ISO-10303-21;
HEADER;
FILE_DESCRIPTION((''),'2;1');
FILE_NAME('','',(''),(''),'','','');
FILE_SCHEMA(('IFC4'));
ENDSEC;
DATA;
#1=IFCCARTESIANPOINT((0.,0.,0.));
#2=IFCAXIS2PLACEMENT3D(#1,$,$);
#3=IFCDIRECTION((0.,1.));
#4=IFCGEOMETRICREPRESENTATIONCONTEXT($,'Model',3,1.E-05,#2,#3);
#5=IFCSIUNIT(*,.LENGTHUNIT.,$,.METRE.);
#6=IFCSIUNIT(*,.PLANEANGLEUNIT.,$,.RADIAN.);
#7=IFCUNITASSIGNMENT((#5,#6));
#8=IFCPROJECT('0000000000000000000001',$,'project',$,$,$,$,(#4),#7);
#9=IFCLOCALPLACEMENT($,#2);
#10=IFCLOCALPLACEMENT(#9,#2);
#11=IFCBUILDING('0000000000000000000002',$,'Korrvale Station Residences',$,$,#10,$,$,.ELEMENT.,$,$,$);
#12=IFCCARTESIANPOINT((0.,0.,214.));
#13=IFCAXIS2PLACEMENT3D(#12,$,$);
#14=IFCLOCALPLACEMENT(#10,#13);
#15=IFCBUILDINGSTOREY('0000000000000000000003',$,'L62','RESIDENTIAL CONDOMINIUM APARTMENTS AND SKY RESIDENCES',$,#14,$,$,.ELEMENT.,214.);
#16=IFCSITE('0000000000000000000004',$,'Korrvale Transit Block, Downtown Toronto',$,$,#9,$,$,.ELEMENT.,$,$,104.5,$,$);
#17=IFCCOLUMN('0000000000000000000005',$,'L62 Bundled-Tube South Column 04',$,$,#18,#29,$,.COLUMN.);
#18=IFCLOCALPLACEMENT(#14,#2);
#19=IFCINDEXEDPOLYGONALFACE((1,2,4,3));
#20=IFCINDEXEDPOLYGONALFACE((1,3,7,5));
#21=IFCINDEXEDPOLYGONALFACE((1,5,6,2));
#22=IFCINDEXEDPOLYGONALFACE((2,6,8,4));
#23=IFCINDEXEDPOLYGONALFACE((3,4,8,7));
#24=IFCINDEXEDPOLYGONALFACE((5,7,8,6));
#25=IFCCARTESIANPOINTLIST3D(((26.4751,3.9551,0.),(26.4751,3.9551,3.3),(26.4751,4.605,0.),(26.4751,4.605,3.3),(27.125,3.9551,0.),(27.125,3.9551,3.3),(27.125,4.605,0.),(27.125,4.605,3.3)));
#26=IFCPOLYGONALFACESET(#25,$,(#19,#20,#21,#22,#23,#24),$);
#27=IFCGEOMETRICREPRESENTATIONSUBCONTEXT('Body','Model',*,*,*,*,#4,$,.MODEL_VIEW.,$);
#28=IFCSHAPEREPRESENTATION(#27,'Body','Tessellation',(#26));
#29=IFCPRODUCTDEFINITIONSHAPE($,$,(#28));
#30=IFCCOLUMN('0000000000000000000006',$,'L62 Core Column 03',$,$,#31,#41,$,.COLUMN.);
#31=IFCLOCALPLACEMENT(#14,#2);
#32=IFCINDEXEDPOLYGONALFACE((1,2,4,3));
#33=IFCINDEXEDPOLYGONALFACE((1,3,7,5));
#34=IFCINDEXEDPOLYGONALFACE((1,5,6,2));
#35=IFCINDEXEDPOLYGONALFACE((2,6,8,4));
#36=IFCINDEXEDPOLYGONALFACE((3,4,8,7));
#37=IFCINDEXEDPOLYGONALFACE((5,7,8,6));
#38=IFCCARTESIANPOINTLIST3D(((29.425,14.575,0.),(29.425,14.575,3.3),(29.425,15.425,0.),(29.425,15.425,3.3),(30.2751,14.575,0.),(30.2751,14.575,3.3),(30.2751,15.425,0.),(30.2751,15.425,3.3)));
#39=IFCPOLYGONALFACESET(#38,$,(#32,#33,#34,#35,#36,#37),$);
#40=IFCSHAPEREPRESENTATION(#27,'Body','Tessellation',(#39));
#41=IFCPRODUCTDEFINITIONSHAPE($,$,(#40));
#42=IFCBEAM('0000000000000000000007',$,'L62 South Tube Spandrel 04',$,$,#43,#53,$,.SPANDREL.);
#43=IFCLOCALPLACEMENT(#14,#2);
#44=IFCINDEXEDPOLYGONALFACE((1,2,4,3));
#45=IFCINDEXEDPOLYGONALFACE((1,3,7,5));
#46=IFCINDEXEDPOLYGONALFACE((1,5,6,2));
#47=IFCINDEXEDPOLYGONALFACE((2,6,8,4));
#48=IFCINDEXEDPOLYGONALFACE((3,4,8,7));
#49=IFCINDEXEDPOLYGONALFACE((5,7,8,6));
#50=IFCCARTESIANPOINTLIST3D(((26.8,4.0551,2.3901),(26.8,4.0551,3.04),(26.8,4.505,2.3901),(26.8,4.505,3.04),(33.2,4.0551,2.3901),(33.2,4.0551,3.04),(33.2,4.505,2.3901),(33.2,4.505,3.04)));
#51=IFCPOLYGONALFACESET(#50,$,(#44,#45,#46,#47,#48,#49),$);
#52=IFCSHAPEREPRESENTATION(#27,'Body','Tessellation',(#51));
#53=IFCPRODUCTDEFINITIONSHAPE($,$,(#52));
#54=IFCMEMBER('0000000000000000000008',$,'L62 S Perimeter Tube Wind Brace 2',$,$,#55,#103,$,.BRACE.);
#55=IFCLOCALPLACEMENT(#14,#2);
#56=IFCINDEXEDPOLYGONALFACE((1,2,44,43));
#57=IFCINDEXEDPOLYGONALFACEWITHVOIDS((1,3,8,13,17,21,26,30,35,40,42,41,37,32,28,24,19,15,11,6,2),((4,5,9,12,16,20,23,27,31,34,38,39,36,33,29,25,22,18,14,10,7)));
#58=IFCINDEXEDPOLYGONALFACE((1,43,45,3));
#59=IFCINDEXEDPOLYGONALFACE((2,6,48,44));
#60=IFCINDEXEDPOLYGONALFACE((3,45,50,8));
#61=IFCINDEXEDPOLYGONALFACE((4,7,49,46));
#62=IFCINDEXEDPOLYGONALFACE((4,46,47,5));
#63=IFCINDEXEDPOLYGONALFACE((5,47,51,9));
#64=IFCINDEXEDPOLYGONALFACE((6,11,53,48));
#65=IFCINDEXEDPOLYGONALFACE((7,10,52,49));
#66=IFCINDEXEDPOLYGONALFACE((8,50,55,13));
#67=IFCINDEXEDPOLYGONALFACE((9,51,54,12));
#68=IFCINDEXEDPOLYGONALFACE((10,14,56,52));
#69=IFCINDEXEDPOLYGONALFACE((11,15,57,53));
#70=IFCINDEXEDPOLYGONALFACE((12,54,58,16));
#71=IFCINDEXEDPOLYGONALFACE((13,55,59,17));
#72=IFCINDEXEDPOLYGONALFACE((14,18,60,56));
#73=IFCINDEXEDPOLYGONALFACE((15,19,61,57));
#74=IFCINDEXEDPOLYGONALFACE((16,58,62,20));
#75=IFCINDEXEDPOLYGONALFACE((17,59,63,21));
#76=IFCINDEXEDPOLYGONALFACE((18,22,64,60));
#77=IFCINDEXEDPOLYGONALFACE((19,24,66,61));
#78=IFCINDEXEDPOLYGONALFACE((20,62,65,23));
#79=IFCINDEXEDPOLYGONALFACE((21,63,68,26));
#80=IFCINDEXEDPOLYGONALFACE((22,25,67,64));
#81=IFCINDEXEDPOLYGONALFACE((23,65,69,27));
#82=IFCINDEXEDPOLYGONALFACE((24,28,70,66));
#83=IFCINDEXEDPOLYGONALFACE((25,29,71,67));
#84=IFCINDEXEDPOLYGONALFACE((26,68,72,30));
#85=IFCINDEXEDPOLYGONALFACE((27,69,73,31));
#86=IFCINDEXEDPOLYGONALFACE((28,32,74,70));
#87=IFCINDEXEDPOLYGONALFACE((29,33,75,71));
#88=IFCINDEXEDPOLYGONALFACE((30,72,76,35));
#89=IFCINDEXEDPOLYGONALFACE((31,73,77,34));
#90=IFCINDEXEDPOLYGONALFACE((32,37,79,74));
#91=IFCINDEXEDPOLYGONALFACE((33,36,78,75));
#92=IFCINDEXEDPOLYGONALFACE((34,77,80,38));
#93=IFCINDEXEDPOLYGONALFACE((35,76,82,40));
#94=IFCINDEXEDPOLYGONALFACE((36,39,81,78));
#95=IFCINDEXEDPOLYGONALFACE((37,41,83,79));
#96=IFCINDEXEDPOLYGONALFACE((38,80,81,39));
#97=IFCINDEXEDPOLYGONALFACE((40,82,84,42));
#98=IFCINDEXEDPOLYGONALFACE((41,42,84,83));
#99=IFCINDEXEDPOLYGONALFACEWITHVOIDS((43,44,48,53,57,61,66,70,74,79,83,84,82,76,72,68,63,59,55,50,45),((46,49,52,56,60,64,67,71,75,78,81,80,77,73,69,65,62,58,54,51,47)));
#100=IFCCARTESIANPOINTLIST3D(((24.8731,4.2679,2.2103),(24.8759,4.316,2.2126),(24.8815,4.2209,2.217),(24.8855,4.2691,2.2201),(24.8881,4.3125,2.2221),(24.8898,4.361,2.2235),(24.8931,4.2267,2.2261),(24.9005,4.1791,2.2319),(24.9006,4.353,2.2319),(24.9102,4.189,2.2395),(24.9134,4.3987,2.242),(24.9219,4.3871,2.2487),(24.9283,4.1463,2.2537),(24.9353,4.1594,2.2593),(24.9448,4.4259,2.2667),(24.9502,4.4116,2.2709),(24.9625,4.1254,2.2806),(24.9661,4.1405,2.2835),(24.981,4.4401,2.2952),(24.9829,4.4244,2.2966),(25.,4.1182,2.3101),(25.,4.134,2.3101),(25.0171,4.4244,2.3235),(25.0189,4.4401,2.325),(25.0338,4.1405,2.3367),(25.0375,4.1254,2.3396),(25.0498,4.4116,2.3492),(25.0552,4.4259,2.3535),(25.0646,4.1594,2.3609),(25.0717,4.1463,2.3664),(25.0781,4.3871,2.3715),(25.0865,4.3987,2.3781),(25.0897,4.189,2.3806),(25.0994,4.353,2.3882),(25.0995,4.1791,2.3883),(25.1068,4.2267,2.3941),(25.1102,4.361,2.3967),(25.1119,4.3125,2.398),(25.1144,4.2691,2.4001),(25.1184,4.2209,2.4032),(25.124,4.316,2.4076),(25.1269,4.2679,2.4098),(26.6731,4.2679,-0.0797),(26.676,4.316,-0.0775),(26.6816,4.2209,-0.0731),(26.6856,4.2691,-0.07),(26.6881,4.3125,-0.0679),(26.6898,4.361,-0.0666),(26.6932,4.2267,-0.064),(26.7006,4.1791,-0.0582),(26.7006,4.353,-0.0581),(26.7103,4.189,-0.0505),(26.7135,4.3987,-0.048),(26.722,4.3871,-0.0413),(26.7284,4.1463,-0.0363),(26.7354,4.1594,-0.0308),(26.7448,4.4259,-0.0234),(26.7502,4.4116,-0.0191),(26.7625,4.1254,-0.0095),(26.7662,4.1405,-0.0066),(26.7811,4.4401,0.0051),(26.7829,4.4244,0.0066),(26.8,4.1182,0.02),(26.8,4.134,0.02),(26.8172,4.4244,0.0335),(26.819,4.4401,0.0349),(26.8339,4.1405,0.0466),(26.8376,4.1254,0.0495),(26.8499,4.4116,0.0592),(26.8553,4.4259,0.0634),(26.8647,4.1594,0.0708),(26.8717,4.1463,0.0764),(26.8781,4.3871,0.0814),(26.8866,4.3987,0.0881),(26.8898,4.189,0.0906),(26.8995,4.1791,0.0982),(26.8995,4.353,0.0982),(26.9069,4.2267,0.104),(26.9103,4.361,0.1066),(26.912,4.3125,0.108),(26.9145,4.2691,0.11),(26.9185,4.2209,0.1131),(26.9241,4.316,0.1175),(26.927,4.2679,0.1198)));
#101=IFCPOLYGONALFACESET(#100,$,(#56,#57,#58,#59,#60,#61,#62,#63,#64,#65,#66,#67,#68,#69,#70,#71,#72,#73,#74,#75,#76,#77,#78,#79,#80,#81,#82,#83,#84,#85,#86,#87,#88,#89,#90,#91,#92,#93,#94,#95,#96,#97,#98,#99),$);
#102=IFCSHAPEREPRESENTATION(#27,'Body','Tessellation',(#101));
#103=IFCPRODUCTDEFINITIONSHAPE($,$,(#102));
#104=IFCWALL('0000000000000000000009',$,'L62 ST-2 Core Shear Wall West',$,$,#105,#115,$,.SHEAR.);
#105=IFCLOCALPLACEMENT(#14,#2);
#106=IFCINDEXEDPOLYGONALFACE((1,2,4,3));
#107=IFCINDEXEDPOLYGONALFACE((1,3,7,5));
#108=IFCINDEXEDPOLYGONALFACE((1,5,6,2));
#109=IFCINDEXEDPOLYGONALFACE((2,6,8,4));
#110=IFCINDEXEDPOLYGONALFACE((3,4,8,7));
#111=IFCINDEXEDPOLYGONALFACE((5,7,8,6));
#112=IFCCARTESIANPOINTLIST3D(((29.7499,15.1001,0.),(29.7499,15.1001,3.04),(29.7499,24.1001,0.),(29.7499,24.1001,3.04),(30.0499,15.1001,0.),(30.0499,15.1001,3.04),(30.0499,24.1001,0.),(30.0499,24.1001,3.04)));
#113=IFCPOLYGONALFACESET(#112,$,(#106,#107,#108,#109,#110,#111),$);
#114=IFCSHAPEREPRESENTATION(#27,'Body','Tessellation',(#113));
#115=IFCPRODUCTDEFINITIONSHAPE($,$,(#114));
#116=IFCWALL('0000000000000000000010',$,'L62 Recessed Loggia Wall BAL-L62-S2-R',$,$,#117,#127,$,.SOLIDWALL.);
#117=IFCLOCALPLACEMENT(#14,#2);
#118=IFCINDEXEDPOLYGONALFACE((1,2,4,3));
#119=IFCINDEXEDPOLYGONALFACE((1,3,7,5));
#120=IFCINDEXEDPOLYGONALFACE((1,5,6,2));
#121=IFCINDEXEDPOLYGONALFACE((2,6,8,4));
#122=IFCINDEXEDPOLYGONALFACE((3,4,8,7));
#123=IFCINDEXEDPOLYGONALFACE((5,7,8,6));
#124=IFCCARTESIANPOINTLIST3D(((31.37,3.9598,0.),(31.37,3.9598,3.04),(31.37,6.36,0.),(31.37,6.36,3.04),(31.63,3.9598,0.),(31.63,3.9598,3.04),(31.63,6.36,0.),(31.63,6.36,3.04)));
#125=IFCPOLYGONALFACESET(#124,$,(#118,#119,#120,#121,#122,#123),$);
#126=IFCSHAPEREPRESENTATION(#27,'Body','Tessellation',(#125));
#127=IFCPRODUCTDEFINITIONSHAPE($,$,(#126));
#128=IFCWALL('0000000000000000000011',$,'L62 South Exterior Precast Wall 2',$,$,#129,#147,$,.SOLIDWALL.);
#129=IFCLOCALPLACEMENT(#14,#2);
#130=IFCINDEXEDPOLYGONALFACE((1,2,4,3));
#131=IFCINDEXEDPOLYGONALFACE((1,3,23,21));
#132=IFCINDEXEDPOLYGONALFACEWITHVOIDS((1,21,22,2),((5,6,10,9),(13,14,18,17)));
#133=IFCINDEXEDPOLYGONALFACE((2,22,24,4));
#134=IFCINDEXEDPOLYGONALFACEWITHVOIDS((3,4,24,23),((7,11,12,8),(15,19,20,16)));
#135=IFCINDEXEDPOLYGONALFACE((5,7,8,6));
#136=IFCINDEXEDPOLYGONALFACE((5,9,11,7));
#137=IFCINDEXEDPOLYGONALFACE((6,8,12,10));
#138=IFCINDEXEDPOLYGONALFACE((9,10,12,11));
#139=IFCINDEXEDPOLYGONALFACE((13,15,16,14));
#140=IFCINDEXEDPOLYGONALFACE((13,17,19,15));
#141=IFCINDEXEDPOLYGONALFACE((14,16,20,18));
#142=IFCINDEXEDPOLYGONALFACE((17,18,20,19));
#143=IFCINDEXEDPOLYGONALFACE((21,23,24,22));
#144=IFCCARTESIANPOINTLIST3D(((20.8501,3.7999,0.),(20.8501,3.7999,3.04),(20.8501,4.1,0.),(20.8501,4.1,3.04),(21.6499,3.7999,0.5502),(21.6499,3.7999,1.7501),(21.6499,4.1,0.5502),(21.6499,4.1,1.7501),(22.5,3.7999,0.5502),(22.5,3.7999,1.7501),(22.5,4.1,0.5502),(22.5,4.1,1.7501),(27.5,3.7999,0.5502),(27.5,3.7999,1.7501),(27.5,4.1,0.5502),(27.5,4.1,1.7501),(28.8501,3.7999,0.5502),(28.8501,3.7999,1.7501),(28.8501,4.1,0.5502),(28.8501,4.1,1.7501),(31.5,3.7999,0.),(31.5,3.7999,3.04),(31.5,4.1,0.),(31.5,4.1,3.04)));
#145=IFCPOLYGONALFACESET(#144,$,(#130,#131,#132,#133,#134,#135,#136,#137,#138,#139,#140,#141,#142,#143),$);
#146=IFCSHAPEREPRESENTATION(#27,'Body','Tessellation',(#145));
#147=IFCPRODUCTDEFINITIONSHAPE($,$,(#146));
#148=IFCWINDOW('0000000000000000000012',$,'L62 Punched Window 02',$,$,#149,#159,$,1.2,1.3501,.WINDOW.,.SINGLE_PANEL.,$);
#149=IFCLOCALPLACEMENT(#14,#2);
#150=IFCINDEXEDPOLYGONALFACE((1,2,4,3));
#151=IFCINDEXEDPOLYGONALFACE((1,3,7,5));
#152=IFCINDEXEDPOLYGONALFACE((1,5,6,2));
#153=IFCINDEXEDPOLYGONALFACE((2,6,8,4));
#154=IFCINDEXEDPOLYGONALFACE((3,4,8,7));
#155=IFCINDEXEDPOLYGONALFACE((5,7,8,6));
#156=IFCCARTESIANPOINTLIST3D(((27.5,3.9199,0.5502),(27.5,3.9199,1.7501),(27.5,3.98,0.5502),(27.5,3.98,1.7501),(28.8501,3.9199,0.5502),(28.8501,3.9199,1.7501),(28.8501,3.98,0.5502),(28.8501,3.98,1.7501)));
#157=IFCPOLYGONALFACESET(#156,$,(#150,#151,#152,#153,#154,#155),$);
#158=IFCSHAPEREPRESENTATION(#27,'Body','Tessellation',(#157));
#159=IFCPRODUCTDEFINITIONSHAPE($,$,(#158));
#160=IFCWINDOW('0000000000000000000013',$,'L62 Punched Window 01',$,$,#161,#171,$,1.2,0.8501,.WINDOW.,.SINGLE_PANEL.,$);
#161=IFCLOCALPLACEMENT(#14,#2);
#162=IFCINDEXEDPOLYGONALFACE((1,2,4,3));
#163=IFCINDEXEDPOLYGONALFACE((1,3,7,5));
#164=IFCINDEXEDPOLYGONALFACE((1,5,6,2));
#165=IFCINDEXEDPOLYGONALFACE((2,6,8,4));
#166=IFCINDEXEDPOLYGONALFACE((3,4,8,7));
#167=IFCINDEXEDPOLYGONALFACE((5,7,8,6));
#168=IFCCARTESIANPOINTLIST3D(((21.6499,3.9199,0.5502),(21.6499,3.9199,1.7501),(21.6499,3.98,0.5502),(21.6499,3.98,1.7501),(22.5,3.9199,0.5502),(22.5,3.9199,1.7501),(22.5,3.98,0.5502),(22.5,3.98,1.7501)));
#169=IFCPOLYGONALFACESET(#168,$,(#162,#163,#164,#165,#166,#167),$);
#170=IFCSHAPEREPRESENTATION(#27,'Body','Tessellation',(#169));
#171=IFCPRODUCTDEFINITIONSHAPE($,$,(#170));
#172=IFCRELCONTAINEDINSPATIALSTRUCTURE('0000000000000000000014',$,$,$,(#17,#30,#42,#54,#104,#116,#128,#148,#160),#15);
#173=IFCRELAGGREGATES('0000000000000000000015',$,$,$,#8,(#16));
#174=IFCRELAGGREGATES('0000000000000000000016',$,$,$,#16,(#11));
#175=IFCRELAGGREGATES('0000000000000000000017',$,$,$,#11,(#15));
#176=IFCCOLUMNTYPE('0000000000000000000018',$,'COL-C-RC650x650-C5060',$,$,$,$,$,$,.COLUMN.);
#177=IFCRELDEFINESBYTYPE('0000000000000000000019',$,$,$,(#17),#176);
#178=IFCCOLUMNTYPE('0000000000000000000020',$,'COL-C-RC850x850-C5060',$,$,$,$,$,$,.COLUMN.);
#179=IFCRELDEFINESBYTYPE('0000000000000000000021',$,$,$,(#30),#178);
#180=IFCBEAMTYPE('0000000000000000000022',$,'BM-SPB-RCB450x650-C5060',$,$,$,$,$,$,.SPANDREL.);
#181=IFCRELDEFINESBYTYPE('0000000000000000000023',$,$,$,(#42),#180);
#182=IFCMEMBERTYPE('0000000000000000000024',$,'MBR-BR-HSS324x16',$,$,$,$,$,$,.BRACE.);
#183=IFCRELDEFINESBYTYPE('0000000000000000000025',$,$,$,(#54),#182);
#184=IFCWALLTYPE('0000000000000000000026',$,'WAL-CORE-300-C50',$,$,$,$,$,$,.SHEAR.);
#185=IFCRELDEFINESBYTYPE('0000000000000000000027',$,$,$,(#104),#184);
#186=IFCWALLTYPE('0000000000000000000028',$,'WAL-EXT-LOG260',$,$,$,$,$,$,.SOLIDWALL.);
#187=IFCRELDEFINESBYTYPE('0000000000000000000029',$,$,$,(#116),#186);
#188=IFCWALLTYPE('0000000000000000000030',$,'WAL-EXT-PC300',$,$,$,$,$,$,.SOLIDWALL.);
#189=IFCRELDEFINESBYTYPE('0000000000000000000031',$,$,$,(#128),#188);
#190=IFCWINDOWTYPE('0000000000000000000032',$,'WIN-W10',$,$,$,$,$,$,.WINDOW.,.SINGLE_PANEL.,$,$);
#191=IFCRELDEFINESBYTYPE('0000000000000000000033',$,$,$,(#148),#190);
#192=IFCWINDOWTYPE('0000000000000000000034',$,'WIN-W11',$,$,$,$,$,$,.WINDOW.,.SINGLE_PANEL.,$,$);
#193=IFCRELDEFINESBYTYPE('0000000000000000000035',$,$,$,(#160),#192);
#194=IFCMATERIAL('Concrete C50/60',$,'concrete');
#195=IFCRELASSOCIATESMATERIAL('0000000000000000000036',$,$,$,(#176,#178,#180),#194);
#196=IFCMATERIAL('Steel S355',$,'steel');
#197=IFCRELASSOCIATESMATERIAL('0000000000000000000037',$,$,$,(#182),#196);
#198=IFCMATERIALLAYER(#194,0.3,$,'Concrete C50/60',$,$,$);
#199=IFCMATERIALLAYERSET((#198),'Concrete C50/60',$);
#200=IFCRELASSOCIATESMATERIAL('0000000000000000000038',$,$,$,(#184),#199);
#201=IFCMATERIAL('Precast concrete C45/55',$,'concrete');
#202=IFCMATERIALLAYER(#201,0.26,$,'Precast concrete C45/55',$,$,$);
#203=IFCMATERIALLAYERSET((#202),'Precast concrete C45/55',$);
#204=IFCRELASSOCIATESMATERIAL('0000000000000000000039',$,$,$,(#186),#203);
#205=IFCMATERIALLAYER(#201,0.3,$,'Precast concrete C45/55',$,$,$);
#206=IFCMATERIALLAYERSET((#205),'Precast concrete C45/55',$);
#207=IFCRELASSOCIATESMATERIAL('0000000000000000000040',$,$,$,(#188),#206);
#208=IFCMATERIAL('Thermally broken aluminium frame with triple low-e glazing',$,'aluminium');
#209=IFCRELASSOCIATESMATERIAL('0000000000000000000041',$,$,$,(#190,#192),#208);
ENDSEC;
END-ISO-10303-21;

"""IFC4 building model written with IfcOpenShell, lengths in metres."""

from ifc_helpers import new_model, si_unit, direction, frame, frame_2d, origin, origin_2d, place, context, subcontext, project, spatial, rectangle, hollow_circle, extrude, material, layer, layer_set, material_profile, profile_set, type_object, element, fill, save


model = new_model("IFC4")

# Units and contexts
model_context = context("Model", 3, precision=1e-05, world=origin(), true_north=direction((0.0, 1.0)))
body_context = subcontext(model_context, "Body", "Model", "MODEL_VIEW")
ifc_project = project(units=[si_unit("LENGTHUNIT", "METRE"), si_unit("PLANEANGLEUNIT", "RADIAN")], contexts=[model_context])

# Site, building, storey
site_placement = place(None, origin())
site = spatial("IfcSite", under=ifc_project, at=site_placement, Name="Korrvale Transit Block, Downtown Toronto", CompositionType="ELEMENT", RefElevation=104.5)
building_placement = place(site_placement, origin())
building = spatial("IfcBuilding", under=site, at=building_placement, Name="Korrvale Station Residences", CompositionType="ELEMENT")
storey_placement = place(building_placement, frame((0.0, 0.0, 214.0)))
storey = spatial("IfcBuildingStorey", under=building, at=storey_placement, Name="L62", Description="RESIDENTIAL CONDOMINIUM APARTMENTS AND SKY RESIDENCES", CompositionType="ELEMENT", Elevation=214.0)

# Columns
ifc_material_1 = material(Name="Concrete C50/60", Category="concrete")
ifc_material_profile_1 = material_profile(ifc_material_1, rectangle(XDim=0.6499, YDim=0.6499, at=origin_2d()), Name="RC650x650")
ifc_profile_set_1 = profile_set([ifc_material_profile_1], Name="Concrete C50/60")
column_type_1 = type_object("IfcColumnType", Name="COL-C-RC650x650-C5060", PredefinedType="COLUMN", material=ifc_profile_set_1)
column_1_placement = place(storey_placement, frame((26.8, 4.28, 0.0), z_axis=(0.0, 0.0, 1.0), x_axis=(1.0, 0.0, 0.0)))
element("IfcColumn", 1, at=column_1_placement, inside=storey, type_object=column_type_1, Name="L62 Bundled-Tube South Column 04", PredefinedType="COLUMN", context=body_context, shape_type="SweptSolid", body=[
    extrude(rectangle(XDim=0.6499, YDim=0.6499, at=origin_2d()), origin(), (0.0, 0.0, 1.0), 3.3),
])
ifc_material_profile_2 = material_profile(ifc_material_1, rectangle(XDim=0.8501, YDim=0.8501, at=origin_2d()), Name="RC850x850")
ifc_profile_set_2 = profile_set([ifc_material_profile_2], Name="Concrete C50/60")
column_type_2 = type_object("IfcColumnType", Name="COL-C-RC850x850-C5060", PredefinedType="COLUMN", material=ifc_profile_set_2)
column_2_placement = place(storey_placement, frame((29.8501, 15.0, 0.0), z_axis=(0.0, 0.0, 1.0), x_axis=(1.0, 0.0, 0.0)))
element("IfcColumn", 2, at=column_2_placement, inside=storey, type_object=column_type_2, Name="L62 Core Column 03", PredefinedType="COLUMN", context=body_context, shape_type="SweptSolid", body=[
    extrude(rectangle(XDim=0.8501, YDim=0.8501, at=origin_2d()), origin(), (0.0, 0.0, 1.0), 3.3),
])

# Beam
ifc_material_profile_3 = material_profile(ifc_material_1, rectangle(XDim=0.45, YDim=0.6499, at=origin_2d()), Name="RCB450x650")
ifc_profile_set_3 = profile_set([ifc_material_profile_3], Name="Concrete C50/60")
beam_type = type_object("IfcBeamType", Name="BM-SPB-RCB450x650-C5060", PredefinedType="SPANDREL", material=ifc_profile_set_3)
beam_placement = place(storey_placement, frame((26.8, 4.28, 2.7151), z_axis=(1.0, 0.0, 0.0), x_axis=(0.0, 1.0, 0.0)))
element("IfcBeam", 3, at=beam_placement, inside=storey, type_object=beam_type, Name="L62 South Tube Spandrel 04", PredefinedType="SPANDREL", context=body_context, shape_type="SweptSolid", body=[
    extrude(rectangle(XDim=0.45, YDim=0.6499, at=origin_2d()), origin(), (0.0, 0.0, 1.0), 6.3999),
])

# Member
ifc_material_2 = material(Name="Steel S355", Category="steel")
ifc_material_profile_4 = material_profile(ifc_material_2, hollow_circle(Radius=0.1619, WallThickness=0.0159, at=origin_2d()), Name="HSS324x16")
ifc_profile_set_4 = profile_set([ifc_material_profile_4], Name="Steel S355")
member_type = type_object("IfcMemberType", Name="MBR-BR-HSS324x16", PredefinedType="BRACE", material=ifc_profile_set_4)
member_placement = place(storey_placement, frame((26.8, 4.28, 0.02), z_axis=(-0.617977, 0.0, 0.786196), x_axis=(0.0, -1.0, 0.0)))
element("IfcMember", 4, at=member_placement, inside=storey, type_object=member_type, Name="L62 S Perimeter Tube Wind Brace 2", PredefinedType="BRACE", context=body_context, shape_type="SweptSolid", body=[
    extrude(hollow_circle(Radius=0.1619, WallThickness=0.0159, at=origin_2d()), origin(), (0.0, 0.0, 1.0), 2.9128),
])

# Walls
ifc_layer_1 = layer(ifc_material_1, 0.3, Name="Concrete C50/60")
ifc_layer_set_1 = layer_set([ifc_layer_1], Name="Concrete C50/60")
wall_type_1 = type_object("IfcWallType", Name="WAL-CORE-300-C50", PredefinedType="SHEAR", material=ifc_layer_set_1)
wall_1_placement = place(storey_placement, frame((29.8999, 15.1001, 0.0), z_axis=(0.0, 0.0, 1.0), x_axis=(0.0, 1.0, 0.0)))
element("IfcWall", 5, at=wall_1_placement, inside=storey, type_object=wall_type_1, Name="L62 ST-2 Core Shear Wall West", PredefinedType="SHEAR", context=body_context, shape_type="SweptSolid", body=[
    extrude(rectangle(XDim=9.0, YDim=0.3, at=frame_2d((4.5, 0.0))), origin(), (0.0, 0.0, 1.0), 3.04),
])
ifc_material_3 = material(Name="Precast concrete C45/55", Category="concrete")
ifc_layer_2 = layer(ifc_material_3, 0.26, Name="Precast concrete C45/55")
ifc_layer_set_2 = layer_set([ifc_layer_2], Name="Precast concrete C45/55")
wall_type_2 = type_object("IfcWallType", Name="WAL-EXT-LOG260", PredefinedType="SOLIDWALL", material=ifc_layer_set_2)
wall_2_placement = place(storey_placement, frame((31.5, 6.3601, 0.0), z_axis=(0.0, 0.0, 1.0), x_axis=(0.0, -1.0, 0.0)))
element("IfcWall", 6, at=wall_2_placement, inside=storey, type_object=wall_type_2, Name="L62 Recessed Loggia Wall BAL-L62-S2-R", PredefinedType="SOLIDWALL", context=body_context, shape_type="SweptSolid", body=[
    extrude(rectangle(XDim=2.4001, YDim=0.26, at=frame_2d((1.2002, 0.0))), origin(), (0.0, 0.0, 1.0), 3.04),
])

# Wall, openings, windows
ifc_layer_3 = layer(ifc_material_3, 0.3, Name="Precast concrete C45/55")
ifc_layer_set_3 = layer_set([ifc_layer_3], Name="Precast concrete C45/55")
wall_type_3 = type_object("IfcWallType", Name="WAL-EXT-PC300", PredefinedType="SOLIDWALL", material=ifc_layer_set_3)
wall_3_placement = place(storey_placement, frame((31.5, 3.95, 0.0), z_axis=(0.0, 0.0, 1.0), x_axis=(-1.0, 0.0, 0.0)))
wall_3 = element("IfcWall", 7, at=wall_3_placement, inside=storey, type_object=wall_type_3, Name="L62 South Exterior Precast Wall 2", PredefinedType="SOLIDWALL", context=body_context, shape_type="SweptSolid", body=[
    extrude(rectangle(XDim=10.6499, YDim=0.3, at=frame_2d((5.325, 0.0))), origin(), (0.0, 0.0, 1.0), 3.04),
])
opening_1_placement = place(wall_3_placement, frame((9.0, 0.0, 0.55)))
opening_1 = element("IfcOpeningElement", 8, at=opening_1_placement, cuts=wall_3, PredefinedType="OPENING", context=body_context, shape_type="SweptSolid", body=[
    extrude(rectangle(XDim=0.8501, YDim=1.2, at=frame_2d((0.425, 0.6001))), frame((0.0, 0.1602, 0.0), z_axis=(0.0, -1.0, 0.0), x_axis=(1.0, 0.0, 0.0)), (0.0, 0.0, 1.0), 0.3201),
])
opening_2_placement = place(wall_3_placement, frame((2.6499, 0.0, 0.55)))
opening_2 = element("IfcOpeningElement", 9, at=opening_2_placement, cuts=wall_3, PredefinedType="OPENING", context=body_context, shape_type="SweptSolid", body=[
    extrude(rectangle(XDim=1.3501, YDim=1.2, at=frame_2d((0.675, 0.6001))), frame((0.0, 0.1602, 0.0), z_axis=(0.0, -1.0, 0.0), x_axis=(1.0, 0.0, 0.0)), (0.0, 0.0, 1.0), 0.3201),
])
ifc_material_4 = material(Name="Thermally broken aluminium frame with triple low-e glazing", Category="aluminium")
window_type_1 = type_object("IfcWindowType", Name="WIN-W10", PartitioningType="SINGLE_PANEL", PredefinedType="WINDOW", material=ifc_material_4)
window_1_placement = place(opening_2_placement, origin())
window_1 = element("IfcWindow", 10, at=window_1_placement, inside=storey, type_object=window_type_1, Name="L62 Punched Window 02", OverallHeight=1.2, OverallWidth=1.3501, PartitioningType="SINGLE_PANEL", PredefinedType="WINDOW", context=body_context, shape_type="SweptSolid", body=[
    extrude(rectangle(XDim=1.3501, YDim=1.2, at=frame_2d((0.675, 0.6001))), frame((0.0, 0.03, 0.0), z_axis=(0.0, -1.0, 0.0), x_axis=(1.0, 0.0, 0.0)), (0.0, 0.0, 1.0), 0.0601),
])
fill(opening_2, window_1)
window_type_2 = type_object("IfcWindowType", Name="WIN-W11", PartitioningType="SINGLE_PANEL", PredefinedType="WINDOW", material=ifc_material_4)
window_2_placement = place(opening_1_placement, origin())
window_2 = element("IfcWindow", 11, at=window_2_placement, inside=storey, type_object=window_type_2, Name="L62 Punched Window 01", OverallHeight=1.2, OverallWidth=0.8501, PartitioningType="SINGLE_PANEL", PredefinedType="WINDOW", context=body_context, shape_type="SweptSolid", body=[
    extrude(rectangle(XDim=0.8501, YDim=1.2, at=frame_2d((0.425, 0.6001))), frame((0.0, 0.03, 0.0), z_axis=(0.0, -1.0, 0.0), x_axis=(1.0, 0.0, 0.0)), (0.0, 0.0, 1.0), 0.0601),
])
fill(opening_1, window_2)

save(model, "model.ifc")
